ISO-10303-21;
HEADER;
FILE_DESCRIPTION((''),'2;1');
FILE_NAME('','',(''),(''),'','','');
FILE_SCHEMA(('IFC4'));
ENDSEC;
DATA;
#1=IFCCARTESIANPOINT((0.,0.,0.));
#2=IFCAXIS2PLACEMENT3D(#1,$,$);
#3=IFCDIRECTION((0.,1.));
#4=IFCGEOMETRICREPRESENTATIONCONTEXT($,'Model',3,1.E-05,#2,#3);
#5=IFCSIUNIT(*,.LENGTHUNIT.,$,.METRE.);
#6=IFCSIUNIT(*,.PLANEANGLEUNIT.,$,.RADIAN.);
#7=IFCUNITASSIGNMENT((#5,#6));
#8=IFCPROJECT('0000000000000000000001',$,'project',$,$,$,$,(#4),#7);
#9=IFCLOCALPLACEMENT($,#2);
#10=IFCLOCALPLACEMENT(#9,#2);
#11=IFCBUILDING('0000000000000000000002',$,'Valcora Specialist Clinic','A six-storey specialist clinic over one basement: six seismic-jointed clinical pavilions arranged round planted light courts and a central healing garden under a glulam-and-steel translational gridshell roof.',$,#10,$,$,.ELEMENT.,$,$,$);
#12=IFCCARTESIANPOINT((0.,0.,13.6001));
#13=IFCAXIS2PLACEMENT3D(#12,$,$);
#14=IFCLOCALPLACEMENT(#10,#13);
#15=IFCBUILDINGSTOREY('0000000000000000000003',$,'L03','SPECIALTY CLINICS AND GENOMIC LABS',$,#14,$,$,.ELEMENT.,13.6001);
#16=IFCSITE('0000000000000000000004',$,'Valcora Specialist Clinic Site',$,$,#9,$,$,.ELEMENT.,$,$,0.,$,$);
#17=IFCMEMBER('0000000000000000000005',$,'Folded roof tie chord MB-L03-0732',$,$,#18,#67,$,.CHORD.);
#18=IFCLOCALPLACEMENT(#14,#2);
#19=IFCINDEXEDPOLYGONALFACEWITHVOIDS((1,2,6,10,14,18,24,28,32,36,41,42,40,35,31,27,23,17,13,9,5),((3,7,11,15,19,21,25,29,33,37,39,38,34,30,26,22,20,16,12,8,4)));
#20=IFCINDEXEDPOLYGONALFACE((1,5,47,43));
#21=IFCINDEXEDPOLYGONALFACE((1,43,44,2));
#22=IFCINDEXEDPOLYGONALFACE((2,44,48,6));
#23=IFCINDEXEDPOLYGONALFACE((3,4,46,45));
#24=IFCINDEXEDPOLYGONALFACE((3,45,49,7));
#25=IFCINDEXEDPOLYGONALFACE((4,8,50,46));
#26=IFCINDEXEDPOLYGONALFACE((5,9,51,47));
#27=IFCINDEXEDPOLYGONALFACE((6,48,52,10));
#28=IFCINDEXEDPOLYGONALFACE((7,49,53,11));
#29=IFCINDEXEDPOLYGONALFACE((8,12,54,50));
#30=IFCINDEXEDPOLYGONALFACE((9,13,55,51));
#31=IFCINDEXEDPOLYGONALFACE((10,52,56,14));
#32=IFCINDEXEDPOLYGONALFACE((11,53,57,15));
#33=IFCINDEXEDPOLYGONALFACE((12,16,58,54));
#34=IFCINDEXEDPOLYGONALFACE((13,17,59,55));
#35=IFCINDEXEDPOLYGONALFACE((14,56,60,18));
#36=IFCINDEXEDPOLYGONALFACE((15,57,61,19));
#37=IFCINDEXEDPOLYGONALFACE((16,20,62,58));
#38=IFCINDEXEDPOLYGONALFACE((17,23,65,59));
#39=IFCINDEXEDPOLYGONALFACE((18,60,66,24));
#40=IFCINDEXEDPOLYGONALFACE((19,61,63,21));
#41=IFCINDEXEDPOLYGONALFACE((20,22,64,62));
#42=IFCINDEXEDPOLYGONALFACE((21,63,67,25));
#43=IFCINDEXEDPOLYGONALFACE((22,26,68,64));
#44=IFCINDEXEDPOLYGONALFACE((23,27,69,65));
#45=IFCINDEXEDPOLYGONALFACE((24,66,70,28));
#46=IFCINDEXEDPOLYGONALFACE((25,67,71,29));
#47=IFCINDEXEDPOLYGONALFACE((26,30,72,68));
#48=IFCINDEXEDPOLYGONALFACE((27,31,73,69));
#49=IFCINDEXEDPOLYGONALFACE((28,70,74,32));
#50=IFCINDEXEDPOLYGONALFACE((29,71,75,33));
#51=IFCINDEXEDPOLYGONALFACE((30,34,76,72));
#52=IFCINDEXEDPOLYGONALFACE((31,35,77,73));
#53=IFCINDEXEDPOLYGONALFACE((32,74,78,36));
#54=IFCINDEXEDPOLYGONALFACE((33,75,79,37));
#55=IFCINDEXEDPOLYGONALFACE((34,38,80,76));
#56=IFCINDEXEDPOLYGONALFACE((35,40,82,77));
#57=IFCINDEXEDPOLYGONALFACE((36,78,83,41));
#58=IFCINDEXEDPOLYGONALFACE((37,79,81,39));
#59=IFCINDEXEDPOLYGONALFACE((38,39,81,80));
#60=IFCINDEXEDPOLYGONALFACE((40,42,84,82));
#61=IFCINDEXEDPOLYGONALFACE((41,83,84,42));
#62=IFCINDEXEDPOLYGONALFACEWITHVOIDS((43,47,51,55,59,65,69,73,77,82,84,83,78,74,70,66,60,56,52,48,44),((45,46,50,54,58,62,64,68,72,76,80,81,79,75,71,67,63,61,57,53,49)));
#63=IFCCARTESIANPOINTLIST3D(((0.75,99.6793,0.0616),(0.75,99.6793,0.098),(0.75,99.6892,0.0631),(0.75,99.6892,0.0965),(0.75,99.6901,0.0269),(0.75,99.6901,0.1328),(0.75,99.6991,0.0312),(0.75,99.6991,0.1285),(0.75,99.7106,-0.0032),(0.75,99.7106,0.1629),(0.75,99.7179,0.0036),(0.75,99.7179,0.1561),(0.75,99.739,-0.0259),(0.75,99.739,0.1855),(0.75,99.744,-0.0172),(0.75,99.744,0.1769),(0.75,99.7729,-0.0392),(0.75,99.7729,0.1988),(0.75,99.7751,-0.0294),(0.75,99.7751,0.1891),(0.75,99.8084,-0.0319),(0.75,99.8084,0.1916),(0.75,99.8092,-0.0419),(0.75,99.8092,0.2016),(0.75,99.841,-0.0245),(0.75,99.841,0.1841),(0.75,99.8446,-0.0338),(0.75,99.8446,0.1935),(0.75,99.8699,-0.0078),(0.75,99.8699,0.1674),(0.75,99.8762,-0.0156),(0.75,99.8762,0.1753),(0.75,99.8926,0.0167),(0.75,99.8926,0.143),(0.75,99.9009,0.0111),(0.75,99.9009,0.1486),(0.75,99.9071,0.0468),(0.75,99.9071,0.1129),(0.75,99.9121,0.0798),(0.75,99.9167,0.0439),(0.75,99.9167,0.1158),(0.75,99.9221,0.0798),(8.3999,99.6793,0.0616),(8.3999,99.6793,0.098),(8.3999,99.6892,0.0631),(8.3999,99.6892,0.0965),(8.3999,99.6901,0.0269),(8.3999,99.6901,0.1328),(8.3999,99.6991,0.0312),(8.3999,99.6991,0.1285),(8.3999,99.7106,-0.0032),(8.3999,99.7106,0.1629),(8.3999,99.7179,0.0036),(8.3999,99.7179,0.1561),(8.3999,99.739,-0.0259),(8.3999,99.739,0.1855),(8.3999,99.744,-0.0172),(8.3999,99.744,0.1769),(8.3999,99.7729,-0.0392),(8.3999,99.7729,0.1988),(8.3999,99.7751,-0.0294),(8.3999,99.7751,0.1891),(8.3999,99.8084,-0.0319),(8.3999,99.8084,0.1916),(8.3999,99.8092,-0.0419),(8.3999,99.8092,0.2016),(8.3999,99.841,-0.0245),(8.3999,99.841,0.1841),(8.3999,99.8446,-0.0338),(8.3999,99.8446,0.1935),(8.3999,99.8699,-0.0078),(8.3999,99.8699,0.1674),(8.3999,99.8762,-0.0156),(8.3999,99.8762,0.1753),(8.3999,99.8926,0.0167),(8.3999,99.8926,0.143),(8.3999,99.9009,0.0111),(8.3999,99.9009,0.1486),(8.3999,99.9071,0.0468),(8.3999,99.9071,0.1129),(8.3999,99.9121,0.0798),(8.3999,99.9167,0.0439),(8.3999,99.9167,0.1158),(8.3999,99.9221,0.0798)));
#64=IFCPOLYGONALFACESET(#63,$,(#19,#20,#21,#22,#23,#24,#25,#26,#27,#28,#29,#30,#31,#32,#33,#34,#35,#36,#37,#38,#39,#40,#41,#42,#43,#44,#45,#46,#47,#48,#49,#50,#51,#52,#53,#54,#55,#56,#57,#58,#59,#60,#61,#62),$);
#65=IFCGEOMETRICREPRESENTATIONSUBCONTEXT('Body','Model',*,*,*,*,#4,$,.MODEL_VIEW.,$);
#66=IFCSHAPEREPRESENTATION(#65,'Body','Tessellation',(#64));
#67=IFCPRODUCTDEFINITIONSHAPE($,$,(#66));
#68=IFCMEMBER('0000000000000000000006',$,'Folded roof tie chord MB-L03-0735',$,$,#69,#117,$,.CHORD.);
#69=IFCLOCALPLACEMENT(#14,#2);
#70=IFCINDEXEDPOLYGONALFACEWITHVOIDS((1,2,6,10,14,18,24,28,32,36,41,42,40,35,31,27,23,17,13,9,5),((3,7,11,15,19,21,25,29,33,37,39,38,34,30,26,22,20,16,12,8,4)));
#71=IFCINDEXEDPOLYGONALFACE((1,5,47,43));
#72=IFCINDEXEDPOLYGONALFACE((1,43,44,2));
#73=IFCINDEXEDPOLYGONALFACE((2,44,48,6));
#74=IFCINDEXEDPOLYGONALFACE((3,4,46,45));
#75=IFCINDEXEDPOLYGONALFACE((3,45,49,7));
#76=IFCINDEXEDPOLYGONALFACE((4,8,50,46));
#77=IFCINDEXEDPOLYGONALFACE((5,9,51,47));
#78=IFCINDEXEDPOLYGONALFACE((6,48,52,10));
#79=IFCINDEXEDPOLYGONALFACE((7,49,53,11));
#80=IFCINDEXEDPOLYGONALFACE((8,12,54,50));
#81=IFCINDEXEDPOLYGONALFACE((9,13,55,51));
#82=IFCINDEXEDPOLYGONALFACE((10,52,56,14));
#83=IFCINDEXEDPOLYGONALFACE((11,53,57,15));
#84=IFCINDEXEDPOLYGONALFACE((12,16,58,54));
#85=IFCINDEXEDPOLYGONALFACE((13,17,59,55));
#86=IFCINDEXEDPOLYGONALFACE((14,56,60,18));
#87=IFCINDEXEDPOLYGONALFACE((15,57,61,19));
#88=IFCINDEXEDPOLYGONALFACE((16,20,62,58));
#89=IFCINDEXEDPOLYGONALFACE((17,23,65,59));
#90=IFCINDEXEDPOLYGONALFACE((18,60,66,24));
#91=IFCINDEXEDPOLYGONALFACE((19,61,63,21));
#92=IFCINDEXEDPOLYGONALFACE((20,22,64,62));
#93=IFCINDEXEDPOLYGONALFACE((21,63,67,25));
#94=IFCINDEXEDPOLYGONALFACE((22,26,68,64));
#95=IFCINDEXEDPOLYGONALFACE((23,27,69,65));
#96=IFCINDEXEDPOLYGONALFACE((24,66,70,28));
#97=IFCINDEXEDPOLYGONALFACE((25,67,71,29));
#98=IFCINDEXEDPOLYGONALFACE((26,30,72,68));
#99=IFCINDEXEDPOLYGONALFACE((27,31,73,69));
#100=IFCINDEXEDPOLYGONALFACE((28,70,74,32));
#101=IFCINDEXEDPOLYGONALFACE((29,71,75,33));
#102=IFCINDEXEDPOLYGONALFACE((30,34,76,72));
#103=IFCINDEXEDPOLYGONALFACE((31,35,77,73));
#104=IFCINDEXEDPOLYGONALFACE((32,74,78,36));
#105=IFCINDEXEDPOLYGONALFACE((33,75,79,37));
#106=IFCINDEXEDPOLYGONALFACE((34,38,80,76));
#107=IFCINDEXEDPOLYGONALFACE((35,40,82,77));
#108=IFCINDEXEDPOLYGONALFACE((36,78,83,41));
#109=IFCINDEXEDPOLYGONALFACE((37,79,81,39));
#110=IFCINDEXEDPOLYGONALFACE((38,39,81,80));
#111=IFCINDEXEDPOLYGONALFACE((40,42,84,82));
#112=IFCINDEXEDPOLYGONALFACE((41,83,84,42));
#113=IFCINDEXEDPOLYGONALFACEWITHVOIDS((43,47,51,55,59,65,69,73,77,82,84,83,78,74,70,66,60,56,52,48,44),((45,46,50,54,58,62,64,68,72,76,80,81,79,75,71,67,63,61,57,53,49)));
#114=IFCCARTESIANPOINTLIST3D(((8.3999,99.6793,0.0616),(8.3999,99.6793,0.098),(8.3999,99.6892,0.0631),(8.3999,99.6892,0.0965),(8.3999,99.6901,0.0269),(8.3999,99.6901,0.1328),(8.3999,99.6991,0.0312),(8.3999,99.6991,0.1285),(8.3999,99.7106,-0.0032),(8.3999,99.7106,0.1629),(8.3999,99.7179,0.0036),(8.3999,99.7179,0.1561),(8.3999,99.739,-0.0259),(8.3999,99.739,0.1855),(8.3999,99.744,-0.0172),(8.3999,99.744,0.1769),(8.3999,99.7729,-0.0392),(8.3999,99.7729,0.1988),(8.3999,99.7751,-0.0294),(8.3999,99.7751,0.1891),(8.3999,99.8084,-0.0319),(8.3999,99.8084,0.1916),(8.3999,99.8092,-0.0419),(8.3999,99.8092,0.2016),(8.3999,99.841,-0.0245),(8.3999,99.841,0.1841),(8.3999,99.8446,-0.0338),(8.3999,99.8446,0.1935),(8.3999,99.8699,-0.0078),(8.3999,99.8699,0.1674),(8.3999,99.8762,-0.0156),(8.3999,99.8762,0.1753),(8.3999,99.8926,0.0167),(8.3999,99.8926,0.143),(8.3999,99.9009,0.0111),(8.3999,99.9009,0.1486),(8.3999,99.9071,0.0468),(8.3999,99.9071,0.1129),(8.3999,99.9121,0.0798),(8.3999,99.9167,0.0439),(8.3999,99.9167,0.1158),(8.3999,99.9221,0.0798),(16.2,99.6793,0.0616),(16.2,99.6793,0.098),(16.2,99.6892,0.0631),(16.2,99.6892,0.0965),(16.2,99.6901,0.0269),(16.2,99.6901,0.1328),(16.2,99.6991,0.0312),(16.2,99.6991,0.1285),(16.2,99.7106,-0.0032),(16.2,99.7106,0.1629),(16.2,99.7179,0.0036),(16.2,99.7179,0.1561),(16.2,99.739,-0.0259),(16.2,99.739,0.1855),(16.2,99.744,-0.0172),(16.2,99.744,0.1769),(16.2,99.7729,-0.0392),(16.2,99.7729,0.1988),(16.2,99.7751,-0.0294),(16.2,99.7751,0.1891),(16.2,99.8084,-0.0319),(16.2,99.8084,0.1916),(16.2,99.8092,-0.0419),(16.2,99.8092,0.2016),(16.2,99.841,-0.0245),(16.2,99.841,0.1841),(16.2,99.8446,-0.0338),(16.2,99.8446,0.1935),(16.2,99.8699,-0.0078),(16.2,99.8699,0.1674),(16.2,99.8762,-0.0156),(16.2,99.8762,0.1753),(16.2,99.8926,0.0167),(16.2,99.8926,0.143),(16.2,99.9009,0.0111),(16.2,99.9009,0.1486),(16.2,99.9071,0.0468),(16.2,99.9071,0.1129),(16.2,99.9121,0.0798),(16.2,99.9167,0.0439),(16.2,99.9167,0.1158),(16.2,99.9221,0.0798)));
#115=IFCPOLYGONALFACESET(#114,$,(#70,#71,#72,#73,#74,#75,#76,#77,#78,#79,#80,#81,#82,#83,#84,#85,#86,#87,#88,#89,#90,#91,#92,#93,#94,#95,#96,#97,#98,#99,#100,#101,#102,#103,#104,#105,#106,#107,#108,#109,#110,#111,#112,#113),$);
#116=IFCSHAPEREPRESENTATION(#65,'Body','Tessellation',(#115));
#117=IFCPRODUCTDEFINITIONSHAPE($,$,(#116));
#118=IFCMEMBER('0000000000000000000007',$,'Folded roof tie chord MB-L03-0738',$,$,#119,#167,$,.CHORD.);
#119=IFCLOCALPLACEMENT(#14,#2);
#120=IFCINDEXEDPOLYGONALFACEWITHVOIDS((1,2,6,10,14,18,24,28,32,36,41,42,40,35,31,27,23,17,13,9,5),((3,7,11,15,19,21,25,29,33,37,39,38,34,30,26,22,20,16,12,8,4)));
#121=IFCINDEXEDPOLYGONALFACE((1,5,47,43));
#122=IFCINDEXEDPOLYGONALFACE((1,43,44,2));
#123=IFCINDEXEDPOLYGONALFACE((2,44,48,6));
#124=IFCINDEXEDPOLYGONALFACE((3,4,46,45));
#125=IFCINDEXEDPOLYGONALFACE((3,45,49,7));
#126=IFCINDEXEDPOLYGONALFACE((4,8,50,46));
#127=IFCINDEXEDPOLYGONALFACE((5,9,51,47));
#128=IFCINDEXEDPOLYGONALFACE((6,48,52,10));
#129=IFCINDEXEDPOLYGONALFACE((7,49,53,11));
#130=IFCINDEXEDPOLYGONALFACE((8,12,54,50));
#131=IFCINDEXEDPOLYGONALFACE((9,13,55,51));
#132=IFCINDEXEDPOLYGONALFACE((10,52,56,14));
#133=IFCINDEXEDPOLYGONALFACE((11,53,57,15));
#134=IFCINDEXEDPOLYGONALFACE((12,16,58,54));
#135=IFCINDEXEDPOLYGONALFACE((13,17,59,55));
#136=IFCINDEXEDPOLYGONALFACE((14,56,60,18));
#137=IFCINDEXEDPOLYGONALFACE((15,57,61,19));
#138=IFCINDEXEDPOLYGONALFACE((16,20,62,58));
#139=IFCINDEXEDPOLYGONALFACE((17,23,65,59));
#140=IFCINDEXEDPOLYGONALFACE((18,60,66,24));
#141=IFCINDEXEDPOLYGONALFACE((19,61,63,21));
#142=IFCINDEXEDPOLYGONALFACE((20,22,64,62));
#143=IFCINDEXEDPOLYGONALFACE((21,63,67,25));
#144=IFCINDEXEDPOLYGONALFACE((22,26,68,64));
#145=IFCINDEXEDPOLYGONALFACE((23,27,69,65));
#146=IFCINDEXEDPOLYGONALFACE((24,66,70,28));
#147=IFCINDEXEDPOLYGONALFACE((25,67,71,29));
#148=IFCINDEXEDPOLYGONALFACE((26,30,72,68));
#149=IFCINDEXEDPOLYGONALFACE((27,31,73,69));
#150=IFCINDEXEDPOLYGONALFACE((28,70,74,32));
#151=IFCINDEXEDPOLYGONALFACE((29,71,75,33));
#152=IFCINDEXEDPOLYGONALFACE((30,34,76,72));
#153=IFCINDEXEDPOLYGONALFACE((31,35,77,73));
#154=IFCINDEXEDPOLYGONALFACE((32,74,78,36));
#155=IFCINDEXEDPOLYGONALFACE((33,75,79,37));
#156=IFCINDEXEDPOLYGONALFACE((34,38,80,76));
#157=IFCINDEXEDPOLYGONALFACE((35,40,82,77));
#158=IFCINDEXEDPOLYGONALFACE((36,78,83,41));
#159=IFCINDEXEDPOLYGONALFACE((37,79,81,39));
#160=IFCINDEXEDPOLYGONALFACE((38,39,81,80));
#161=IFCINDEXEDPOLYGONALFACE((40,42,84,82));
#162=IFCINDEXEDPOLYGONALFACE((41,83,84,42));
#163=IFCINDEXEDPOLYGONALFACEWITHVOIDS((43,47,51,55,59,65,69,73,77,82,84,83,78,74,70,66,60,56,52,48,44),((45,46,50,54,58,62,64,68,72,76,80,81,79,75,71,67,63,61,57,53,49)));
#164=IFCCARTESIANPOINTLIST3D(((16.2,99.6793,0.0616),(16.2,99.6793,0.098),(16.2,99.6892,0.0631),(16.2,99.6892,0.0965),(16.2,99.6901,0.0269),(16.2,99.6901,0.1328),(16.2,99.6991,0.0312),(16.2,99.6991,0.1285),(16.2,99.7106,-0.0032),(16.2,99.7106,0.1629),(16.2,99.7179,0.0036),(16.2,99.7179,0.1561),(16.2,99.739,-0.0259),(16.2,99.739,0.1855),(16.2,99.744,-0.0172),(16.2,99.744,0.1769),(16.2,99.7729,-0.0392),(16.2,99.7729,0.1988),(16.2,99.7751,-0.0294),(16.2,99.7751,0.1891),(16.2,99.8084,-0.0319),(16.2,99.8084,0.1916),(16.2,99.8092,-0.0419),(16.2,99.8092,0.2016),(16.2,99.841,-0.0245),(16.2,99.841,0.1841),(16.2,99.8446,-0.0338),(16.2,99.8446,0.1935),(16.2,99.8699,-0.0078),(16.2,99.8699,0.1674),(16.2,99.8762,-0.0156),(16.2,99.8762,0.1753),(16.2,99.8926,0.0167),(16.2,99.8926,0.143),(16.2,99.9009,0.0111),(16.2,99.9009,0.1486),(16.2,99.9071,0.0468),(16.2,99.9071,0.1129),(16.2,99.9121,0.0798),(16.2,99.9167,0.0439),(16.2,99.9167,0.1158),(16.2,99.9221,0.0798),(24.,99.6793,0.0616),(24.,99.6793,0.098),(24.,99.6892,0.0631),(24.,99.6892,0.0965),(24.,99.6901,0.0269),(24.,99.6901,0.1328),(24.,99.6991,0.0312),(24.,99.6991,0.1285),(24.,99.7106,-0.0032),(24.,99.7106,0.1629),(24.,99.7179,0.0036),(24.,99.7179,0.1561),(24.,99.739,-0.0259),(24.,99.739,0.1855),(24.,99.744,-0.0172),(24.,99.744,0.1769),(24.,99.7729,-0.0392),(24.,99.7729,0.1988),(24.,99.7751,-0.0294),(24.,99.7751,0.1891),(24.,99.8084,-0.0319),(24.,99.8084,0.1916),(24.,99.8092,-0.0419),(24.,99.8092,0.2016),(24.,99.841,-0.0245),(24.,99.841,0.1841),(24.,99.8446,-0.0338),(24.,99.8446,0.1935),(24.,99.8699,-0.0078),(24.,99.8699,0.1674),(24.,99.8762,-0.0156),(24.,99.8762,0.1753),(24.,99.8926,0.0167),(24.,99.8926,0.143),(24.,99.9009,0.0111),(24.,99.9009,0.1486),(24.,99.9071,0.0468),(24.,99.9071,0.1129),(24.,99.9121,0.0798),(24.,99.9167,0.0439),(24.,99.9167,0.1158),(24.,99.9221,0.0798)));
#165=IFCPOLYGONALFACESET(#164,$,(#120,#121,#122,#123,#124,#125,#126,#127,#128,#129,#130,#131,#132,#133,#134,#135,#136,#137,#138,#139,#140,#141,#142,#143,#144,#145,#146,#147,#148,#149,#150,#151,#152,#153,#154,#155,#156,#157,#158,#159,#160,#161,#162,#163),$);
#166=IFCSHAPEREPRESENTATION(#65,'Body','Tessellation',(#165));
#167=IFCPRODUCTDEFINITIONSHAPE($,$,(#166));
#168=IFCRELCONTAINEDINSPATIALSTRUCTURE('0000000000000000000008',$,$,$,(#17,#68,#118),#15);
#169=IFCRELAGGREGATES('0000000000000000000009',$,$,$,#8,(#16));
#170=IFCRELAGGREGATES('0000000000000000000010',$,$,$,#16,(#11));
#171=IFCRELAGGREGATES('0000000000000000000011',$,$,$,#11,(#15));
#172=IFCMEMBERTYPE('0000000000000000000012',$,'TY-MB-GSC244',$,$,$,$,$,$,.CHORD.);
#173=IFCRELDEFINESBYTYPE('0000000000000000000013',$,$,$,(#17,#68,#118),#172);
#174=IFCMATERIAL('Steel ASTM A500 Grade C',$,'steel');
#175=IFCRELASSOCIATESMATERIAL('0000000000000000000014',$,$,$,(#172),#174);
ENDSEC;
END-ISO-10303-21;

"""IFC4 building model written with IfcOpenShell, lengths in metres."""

from ifc_helpers import new_model, si_unit, direction, frame, origin, origin_2d, place, context, subcontext, project, spatial, hollow_circle, extrude, material, material_profile, profile_set, type_object, element, save


model = new_model("IFC4")

# Units and contexts
model_context = context("Model", 3, precision=1e-05, world=origin(), true_north=direction((0.0, 1.0)))
body_context = subcontext(model_context, "Body", "Model", "MODEL_VIEW")
ifc_project = project(units=[si_unit("LENGTHUNIT", "METRE"), si_unit("PLANEANGLEUNIT", "RADIAN")], contexts=[model_context])

# Site, building, storey
site_placement = place(None, origin())
site = spatial("IfcSite", under=ifc_project, at=site_placement, Name="Valcora Specialist Clinic Site", CompositionType="ELEMENT", RefElevation=0.0)
building_placement = place(site_placement, origin())
building = spatial("IfcBuilding", under=site, at=building_placement, Name="Valcora Specialist Clinic", Description="A six-storey specialist clinic over one basement: six seismic-jointed clinical pavilions arranged round planted light courts and a central healing garden under a glulam-and-steel translational gridshell roof.", CompositionType="ELEMENT")
storey_placement = place(building_placement, frame((0.0, 0.0, 13.6001)))
storey = spatial("IfcBuildingStorey", under=building, at=storey_placement, Name="L03", Description="SPECIALTY CLINICS AND GENOMIC LABS", CompositionType="ELEMENT", Elevation=13.6001)

# Shared definitions
ifc_material_1 = material(Name="Steel ASTM A500 Grade C", Category="steel")

# Members
ifc_material_profile_1 = material_profile(ifc_material_1, hollow_circle(Radius=0.1221, WallThickness=0.01, at=origin_2d()), Name="ST-CHS-244X10")
ifc_profile_set_1 = profile_set([ifc_material_profile_1], Name="Steel ASTM A500 Grade C")
member_type_1 = type_object("IfcMemberType", Name="TY-MB-GSC244", PredefinedType="CHORD", material=ifc_profile_set_1)
member_1_placement = place(storey_placement, frame((0.75, 99.8, 0.0798), z_axis=(1.0, 0.0, 0.0), x_axis=(0.0, 1.0, 0.0)))
element("IfcMember", 1, at=member_1_placement, inside=storey, type_object=member_type_1, Name="Folded roof tie chord MB-L03-0732", PredefinedType="CHORD", context=body_context, shape_type="SweptSolid", body=[
    extrude(hollow_circle(Radius=0.1221, WallThickness=0.01, at=origin_2d()), origin(), (0.0, 0.0, 1.0), 7.6499),
])
for number, where, z_axis, x_axis, name in (
    (2, (8.3999, 99.8, 0.0798), (1.0, 0.0, 0.0), (0.0, 1.0, 0.0), "Folded roof tie chord MB-L03-0735"),
    (3, (16.2, 99.8, 0.0798), (1.0, 0.0, 0.0), (0.0, 1.0, 0.0), "Folded roof tie chord MB-L03-0738"),
):
    element("IfcMember", number, at=place(storey_placement, frame(where, z_axis=z_axis, x_axis=x_axis)), inside=storey, type_object=member_type_1, Name=name, PredefinedType="CHORD", context=body_context, shape_type="SweptSolid", body=[
        extrude(hollow_circle(Radius=0.1221, WallThickness=0.01, at=origin_2d()), origin(), (0.0, 0.0, 1.0), 7.8),
    ])

save(model, "model.ifc")
